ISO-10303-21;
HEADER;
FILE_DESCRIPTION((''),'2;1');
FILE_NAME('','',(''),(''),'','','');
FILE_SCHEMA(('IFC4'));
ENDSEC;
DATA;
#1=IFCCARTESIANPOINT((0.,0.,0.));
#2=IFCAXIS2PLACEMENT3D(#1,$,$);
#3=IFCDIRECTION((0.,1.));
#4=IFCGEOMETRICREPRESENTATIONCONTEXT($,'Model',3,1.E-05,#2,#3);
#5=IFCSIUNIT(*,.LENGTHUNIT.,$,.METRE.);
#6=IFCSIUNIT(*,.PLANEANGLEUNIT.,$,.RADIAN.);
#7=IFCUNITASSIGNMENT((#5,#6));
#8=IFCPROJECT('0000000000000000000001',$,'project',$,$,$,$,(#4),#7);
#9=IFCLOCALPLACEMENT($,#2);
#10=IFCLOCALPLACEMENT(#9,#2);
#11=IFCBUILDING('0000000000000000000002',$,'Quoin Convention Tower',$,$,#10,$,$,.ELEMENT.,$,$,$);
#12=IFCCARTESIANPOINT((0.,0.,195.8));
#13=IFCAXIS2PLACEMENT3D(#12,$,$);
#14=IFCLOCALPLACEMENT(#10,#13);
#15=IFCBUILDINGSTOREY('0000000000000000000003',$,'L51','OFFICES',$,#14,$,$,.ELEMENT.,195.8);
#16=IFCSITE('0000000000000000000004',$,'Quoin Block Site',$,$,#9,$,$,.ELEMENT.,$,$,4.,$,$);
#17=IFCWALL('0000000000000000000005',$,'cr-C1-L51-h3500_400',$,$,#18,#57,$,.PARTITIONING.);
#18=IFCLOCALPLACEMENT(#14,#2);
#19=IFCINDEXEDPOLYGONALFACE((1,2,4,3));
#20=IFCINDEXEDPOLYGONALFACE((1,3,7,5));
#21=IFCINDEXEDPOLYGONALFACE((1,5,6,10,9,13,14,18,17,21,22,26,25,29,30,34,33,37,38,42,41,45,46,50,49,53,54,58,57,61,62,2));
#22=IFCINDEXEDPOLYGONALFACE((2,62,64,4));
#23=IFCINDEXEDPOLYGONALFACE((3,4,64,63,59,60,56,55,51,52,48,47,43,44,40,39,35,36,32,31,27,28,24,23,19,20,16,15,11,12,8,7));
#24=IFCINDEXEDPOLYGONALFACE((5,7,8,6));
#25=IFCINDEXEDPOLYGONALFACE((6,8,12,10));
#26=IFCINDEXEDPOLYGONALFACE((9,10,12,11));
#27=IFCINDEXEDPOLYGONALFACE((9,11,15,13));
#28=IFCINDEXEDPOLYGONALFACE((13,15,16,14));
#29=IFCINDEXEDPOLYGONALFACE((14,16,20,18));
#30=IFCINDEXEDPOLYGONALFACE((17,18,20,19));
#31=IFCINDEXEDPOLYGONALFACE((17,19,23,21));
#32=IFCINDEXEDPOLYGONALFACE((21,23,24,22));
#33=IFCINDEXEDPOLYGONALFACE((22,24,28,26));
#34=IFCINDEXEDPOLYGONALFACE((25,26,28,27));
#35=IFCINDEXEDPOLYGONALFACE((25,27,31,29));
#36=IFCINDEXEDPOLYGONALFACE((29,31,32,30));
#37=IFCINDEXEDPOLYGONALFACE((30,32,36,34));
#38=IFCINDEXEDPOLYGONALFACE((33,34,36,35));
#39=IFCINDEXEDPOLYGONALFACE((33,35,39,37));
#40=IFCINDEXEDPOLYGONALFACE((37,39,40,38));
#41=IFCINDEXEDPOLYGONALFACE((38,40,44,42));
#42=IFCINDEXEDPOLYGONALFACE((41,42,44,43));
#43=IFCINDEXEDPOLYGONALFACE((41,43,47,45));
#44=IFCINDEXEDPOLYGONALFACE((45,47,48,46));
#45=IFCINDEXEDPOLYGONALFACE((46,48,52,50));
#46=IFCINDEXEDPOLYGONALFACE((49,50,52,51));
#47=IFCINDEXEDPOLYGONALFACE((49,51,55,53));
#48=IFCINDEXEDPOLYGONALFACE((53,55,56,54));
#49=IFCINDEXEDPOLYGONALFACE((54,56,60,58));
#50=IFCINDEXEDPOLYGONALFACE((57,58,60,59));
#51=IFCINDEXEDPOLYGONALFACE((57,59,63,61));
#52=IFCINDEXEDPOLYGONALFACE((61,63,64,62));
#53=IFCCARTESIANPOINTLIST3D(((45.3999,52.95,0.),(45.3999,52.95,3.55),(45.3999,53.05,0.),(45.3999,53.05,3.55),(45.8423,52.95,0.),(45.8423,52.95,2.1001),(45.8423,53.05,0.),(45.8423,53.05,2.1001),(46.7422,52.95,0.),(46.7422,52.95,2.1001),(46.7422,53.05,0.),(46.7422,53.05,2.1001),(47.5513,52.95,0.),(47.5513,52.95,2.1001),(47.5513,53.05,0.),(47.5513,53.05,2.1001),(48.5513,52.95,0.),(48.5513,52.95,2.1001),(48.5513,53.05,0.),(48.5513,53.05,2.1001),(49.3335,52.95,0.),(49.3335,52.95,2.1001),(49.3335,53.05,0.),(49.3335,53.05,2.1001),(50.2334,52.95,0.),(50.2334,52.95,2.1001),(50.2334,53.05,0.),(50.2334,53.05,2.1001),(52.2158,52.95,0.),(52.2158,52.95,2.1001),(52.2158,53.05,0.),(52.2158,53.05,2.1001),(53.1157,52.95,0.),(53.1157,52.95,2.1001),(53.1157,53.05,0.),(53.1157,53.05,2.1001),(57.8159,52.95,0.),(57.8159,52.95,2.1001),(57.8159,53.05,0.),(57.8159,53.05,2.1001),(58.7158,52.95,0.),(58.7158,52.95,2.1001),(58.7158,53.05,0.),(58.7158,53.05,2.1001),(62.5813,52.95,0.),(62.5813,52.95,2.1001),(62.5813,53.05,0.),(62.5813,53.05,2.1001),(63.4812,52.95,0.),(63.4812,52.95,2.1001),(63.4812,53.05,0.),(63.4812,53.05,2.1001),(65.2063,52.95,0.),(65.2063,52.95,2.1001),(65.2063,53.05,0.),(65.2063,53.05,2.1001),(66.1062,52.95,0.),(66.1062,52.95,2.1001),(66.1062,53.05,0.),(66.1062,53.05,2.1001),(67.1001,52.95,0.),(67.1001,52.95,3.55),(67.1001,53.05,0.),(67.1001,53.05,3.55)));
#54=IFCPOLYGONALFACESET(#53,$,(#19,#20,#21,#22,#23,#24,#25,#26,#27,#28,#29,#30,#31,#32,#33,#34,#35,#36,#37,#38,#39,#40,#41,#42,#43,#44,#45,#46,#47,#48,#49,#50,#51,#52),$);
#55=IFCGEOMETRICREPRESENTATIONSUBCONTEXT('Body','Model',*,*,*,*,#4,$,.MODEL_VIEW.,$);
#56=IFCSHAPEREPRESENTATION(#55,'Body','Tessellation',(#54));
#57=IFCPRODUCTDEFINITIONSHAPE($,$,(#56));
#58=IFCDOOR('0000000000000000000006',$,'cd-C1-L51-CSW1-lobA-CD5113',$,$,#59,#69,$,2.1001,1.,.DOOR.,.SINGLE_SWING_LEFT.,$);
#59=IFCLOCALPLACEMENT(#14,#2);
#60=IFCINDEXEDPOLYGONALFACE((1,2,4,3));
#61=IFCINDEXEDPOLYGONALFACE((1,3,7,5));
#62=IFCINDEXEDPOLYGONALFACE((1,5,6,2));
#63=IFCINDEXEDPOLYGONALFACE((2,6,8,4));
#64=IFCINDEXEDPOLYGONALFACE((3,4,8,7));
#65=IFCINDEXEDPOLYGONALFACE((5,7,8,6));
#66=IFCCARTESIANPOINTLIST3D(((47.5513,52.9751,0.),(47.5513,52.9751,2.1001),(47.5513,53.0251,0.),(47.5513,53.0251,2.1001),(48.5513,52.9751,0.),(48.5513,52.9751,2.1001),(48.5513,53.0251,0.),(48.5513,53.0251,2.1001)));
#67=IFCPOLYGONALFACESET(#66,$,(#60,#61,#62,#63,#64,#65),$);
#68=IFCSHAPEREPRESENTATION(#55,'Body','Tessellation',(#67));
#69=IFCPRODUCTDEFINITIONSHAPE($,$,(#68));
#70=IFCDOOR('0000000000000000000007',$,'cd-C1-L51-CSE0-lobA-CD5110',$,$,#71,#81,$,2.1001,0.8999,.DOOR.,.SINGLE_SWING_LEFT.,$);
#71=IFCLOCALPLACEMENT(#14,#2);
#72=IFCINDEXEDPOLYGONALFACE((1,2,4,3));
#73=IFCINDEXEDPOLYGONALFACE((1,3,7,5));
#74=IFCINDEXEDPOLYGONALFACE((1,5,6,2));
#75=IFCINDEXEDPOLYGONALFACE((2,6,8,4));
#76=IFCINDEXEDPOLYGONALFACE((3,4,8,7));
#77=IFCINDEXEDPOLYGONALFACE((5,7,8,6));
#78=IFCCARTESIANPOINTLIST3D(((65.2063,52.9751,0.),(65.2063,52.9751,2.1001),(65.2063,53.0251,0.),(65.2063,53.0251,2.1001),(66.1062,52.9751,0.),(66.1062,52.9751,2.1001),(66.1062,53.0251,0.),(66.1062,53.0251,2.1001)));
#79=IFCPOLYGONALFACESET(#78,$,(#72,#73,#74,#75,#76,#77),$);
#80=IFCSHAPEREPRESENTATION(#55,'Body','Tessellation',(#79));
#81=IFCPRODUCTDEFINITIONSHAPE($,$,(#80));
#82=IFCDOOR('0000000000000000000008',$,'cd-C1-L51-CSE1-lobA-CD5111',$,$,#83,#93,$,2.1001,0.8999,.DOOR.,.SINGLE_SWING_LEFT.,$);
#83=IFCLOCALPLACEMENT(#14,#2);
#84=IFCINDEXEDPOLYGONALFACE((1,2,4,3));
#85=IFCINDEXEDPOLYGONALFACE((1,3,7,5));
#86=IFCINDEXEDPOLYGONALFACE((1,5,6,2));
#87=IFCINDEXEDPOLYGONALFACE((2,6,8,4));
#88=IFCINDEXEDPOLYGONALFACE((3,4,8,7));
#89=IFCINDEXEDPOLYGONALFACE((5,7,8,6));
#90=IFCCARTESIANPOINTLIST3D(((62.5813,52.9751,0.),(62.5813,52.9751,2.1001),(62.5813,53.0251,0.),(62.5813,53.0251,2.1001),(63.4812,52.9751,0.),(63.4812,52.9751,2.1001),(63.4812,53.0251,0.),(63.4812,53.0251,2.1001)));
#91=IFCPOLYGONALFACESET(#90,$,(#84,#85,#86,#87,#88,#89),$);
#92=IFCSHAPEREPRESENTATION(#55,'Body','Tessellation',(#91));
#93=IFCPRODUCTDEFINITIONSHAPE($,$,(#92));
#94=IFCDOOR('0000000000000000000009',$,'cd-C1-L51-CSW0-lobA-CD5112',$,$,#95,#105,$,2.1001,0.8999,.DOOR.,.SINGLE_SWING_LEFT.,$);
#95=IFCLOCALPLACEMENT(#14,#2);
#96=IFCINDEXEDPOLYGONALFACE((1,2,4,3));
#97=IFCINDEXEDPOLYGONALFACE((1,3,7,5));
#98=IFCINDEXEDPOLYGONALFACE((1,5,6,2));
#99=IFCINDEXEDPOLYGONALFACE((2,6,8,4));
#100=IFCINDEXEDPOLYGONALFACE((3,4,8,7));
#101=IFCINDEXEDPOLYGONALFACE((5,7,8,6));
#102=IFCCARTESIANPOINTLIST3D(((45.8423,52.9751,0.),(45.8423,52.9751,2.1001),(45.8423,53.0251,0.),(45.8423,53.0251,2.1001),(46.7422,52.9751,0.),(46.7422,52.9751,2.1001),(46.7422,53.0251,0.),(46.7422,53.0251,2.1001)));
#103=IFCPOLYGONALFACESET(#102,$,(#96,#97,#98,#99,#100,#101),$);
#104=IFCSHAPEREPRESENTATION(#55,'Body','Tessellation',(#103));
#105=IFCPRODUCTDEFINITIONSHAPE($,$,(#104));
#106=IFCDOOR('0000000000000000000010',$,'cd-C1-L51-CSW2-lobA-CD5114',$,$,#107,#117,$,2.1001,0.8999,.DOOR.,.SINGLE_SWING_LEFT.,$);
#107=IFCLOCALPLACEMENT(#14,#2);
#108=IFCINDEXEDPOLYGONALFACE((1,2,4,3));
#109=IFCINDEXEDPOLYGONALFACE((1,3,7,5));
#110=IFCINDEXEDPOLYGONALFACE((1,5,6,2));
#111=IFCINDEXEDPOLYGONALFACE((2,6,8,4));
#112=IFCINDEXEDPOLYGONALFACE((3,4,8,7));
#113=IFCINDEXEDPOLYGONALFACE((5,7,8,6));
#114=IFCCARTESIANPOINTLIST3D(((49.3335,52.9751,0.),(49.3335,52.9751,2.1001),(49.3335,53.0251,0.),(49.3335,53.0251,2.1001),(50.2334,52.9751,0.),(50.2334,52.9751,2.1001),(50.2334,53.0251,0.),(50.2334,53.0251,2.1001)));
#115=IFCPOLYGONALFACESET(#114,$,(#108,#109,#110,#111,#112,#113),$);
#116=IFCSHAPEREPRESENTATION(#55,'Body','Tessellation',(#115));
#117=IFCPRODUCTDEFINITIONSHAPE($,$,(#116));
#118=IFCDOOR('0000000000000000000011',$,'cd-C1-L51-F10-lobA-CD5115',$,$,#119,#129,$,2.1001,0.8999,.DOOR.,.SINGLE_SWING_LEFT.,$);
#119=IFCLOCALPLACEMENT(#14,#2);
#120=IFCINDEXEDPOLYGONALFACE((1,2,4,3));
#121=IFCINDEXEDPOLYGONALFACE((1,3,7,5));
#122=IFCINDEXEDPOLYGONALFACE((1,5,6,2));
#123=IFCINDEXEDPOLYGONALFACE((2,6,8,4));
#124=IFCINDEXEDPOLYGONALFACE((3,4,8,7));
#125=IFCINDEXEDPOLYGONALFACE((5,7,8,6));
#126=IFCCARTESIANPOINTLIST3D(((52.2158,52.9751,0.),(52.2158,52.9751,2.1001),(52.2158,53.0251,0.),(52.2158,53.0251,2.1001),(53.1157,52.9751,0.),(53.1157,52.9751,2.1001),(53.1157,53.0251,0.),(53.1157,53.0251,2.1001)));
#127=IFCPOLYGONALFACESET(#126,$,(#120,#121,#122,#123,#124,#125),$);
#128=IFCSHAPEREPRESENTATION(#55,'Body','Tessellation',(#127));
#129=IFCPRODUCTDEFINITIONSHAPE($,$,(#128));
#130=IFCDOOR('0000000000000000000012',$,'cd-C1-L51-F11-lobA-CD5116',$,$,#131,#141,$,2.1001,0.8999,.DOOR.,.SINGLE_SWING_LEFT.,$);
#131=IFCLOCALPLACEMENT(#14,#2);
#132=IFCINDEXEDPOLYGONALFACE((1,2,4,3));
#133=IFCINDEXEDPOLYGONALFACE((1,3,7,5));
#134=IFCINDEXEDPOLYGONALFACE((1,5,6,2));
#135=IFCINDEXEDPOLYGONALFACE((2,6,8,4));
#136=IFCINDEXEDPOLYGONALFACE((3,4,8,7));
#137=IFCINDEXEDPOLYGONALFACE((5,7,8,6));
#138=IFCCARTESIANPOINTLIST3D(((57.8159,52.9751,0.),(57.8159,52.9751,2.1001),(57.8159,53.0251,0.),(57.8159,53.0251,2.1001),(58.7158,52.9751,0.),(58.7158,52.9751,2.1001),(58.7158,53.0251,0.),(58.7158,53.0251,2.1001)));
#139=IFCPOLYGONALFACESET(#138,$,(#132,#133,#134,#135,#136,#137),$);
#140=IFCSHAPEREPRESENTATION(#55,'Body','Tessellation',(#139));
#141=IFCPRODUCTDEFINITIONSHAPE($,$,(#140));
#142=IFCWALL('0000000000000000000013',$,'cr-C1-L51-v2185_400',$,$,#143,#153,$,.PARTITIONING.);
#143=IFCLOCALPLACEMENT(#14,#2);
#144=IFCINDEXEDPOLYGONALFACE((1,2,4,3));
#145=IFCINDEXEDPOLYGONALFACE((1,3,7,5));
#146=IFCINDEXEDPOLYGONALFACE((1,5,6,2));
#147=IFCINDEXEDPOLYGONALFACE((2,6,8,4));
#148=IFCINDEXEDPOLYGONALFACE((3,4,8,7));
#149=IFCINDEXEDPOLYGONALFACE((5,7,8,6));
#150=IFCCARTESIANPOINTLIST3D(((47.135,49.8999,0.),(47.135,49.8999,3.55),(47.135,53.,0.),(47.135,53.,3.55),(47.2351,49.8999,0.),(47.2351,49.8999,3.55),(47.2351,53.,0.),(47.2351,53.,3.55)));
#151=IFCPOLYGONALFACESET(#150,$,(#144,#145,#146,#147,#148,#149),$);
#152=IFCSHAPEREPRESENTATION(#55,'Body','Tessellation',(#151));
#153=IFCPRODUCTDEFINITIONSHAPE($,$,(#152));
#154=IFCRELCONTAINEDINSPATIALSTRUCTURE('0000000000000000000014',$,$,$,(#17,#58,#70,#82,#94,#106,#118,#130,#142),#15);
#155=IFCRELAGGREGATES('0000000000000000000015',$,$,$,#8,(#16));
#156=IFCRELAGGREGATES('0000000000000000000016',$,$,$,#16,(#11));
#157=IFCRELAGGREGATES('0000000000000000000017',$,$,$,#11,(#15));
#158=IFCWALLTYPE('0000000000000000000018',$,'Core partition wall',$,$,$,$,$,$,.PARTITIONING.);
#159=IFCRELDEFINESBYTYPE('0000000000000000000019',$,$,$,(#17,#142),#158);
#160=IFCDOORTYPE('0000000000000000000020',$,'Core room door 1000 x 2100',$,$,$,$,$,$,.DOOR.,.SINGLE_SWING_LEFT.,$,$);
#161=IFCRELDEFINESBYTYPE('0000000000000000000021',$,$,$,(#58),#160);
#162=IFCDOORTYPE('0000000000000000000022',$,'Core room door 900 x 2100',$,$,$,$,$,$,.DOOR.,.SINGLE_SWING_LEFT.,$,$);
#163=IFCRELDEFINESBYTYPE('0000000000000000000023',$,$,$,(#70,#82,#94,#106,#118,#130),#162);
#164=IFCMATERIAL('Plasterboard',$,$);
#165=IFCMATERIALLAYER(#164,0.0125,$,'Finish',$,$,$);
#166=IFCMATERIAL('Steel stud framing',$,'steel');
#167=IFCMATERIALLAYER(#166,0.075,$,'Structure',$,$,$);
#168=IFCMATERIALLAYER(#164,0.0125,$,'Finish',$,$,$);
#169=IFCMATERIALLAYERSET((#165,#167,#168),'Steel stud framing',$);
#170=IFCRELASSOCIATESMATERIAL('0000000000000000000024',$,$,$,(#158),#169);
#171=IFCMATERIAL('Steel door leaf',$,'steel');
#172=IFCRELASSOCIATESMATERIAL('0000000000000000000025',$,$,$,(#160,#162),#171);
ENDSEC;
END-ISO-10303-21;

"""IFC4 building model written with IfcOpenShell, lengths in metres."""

from ifc_helpers import new_model, si_unit, direction, frame, frame_2d, origin, place, context, subcontext, project, spatial, rectangle, extrude, material, layer, layer_set, type_object, element, fill, save


model = new_model("IFC4")

# Units and contexts
model_context = context("Model", 3, precision=1e-05, world=origin(), true_north=direction((0.0, 1.0)))
body_context = subcontext(model_context, "Body", "Model", "MODEL_VIEW")
ifc_project = project(units=[si_unit("LENGTHUNIT", "METRE"), si_unit("PLANEANGLEUNIT", "RADIAN")], contexts=[model_context])

# Site, building, storey
site_placement = place(None, origin())
site = spatial("IfcSite", under=ifc_project, at=site_placement, Name="Quoin Block Site", CompositionType="ELEMENT", RefElevation=4.0)
building_placement = place(site_placement, origin())
building = spatial("IfcBuilding", under=site, at=building_placement, Name="Quoin Convention Tower", CompositionType="ELEMENT")
storey_placement = place(building_placement, frame((0.0, 0.0, 195.8)))
storey = spatial("IfcBuildingStorey", under=building, at=storey_placement, Name="L51", Description="OFFICES", CompositionType="ELEMENT", Elevation=195.8)

# Wall, openings, doors
ifc_material_1 = material(Name="Plasterboard")
ifc_layer_1 = layer(ifc_material_1, 0.0125, Name="Finish")
ifc_material_2 = material(Name="Steel stud framing", Category="steel")
ifc_layer_2 = layer(ifc_material_2, 0.075, Name="Structure")
ifc_layer_3 = layer(ifc_material_1, 0.0125, Name="Finish")
ifc_layer_set_1 = layer_set([ifc_layer_1, ifc_layer_2, ifc_layer_3], Name="Steel stud framing")
wall_type_1 = type_object("IfcWallType", Name="Core partition wall", PredefinedType="PARTITIONING", material=ifc_layer_set_1)
wall_1_placement = place(storey_placement, frame((45.3999, 53.0, 0.0), z_axis=(0.0, 0.0, 1.0), x_axis=(1.0, 0.0, 0.0)))
wall_1 = element("IfcWall", 1, at=wall_1_placement, inside=storey, type_object=wall_type_1, Name="cr-C1-L51-h3500_400", PredefinedType="PARTITIONING", context=body_context, shape_type="SweptSolid", body=[
    extrude(rectangle(XDim=21.7002, YDim=0.1001, at=frame_2d((10.8501, 0.0))), origin(), (0.0, 0.0, 1.0), 3.55),
])
opening_1_placement = place(wall_1_placement, frame((19.8064, 0.0, 0.0)))
opening_1 = element("IfcOpeningElement", 2, at=opening_1_placement, cuts=wall_1, PredefinedType="OPENING", context=body_context, shape_type="SweptSolid", body=[
    extrude(rectangle(XDim=0.8999, YDim=2.1001, at=frame_2d((0.45, 1.05))), frame((0.0, 0.0601, 0.0), z_axis=(0.0, -1.0, 0.0), x_axis=(1.0, 0.0, 0.0)), (0.0, 0.0, 1.0), 0.1201),
])
opening_2_placement = place(wall_1_placement, frame((17.1814, 0.0, 0.0)))
opening_2 = element("IfcOpeningElement", 3, at=opening_2_placement, cuts=wall_1, PredefinedType="OPENING", context=body_context, shape_type="SweptSolid", body=[
    extrude(rectangle(XDim=0.8999, YDim=2.1001, at=frame_2d((0.45, 1.05))), frame((0.0, 0.0601, 0.0), z_axis=(0.0, -1.0, 0.0), x_axis=(1.0, 0.0, 0.0)), (0.0, 0.0, 1.0), 0.1201),
])
opening_3_placement = place(wall_1_placement, frame((0.4424, 0.0, 0.0)))
opening_3 = element("IfcOpeningElement", 4, at=opening_3_placement, cuts=wall_1, PredefinedType="OPENING", context=body_context, shape_type="SweptSolid", body=[
    extrude(rectangle(XDim=0.8999, YDim=2.1001, at=frame_2d((0.45, 1.05))), frame((0.0, 0.0601, 0.0), z_axis=(0.0, -1.0, 0.0), x_axis=(1.0, 0.0, 0.0)), (0.0, 0.0, 1.0), 0.1201),
])
opening_4_placement = place(wall_1_placement, frame((2.1514, 0.0, 0.0)))
opening_4 = element("IfcOpeningElement", 5, at=opening_4_placement, cuts=wall_1, PredefinedType="OPENING", context=body_context, shape_type="SweptSolid", body=[
    extrude(rectangle(XDim=1.0, YDim=2.1001, at=frame_2d((0.5, 1.05))), frame((0.0, 0.0601, 0.0), z_axis=(0.0, -1.0, 0.0), x_axis=(1.0, 0.0, 0.0)), (0.0, 0.0, 1.0), 0.1201),
])
opening_5_placement = place(wall_1_placement, frame((3.9336, 0.0, 0.0)))
opening_5 = element("IfcOpeningElement", 6, at=opening_5_placement, cuts=wall_1, PredefinedType="OPENING", context=body_context, shape_type="SweptSolid", body=[
    extrude(rectangle(XDim=0.8999, YDim=2.1001, at=frame_2d((0.45, 1.05))), frame((0.0, 0.0601, 0.0), z_axis=(0.0, -1.0, 0.0), x_axis=(1.0, 0.0, 0.0)), (0.0, 0.0, 1.0), 0.1201),
])
opening_6_placement = place(wall_1_placement, frame((6.8159, 0.0, 0.0)))
opening_6 = element("IfcOpeningElement", 7, at=opening_6_placement, cuts=wall_1, PredefinedType="OPENING", context=body_context, shape_type="SweptSolid", body=[
    extrude(rectangle(XDim=0.8999, YDim=2.1001, at=frame_2d((0.45, 1.05))), frame((0.0, 0.0601, 0.0), z_axis=(0.0, -1.0, 0.0), x_axis=(1.0, 0.0, 0.0)), (0.0, 0.0, 1.0), 0.1201),
])
opening_7_placement = place(wall_1_placement, frame((12.416, 0.0, 0.0)))
opening_7 = element("IfcOpeningElement", 8, at=opening_7_placement, cuts=wall_1, PredefinedType="OPENING", context=body_context, shape_type="SweptSolid", body=[
    extrude(rectangle(XDim=0.8999, YDim=2.1001, at=frame_2d((0.45, 1.05))), frame((0.0, 0.0601, 0.0), z_axis=(0.0, -1.0, 0.0), x_axis=(1.0, 0.0, 0.0)), (0.0, 0.0, 1.0), 0.1201),
])
ifc_material_3 = material(Name="Steel door leaf", Category="steel")
door_type_1 = type_object("IfcDoorType", Name="Core room door 1000 x 2100", OperationType="SINGLE_SWING_LEFT", PredefinedType="DOOR", material=ifc_material_3)
door_1_placement = place(opening_4_placement, frame((1.0, 0.0, 0.0), z_axis=(0.0, 0.0, 1.0), x_axis=(-1.0, 0.0, 0.0)))
door_1 = element("IfcDoor", 9, at=door_1_placement, inside=storey, type_object=door_type_1, Name="cd-C1-L51-CSW1-lobA-CD5113", OperationType="SINGLE_SWING_LEFT", OverallHeight=2.1001, OverallWidth=1.0, PredefinedType="DOOR", context=body_context, shape_type="SweptSolid", body=[
    extrude(rectangle(XDim=1.0, YDim=2.1001, at=frame_2d((0.5, 1.05))), frame((0.0, 0.0249, 0.0), z_axis=(0.0, -1.0, 0.0), x_axis=(1.0, 0.0, 0.0)), (0.0, 0.0, 1.0), 0.05),
])
fill(opening_4, door_1)
door_type_2 = type_object("IfcDoorType", Name="Core room door 900 x 2100", OperationType="SINGLE_SWING_LEFT", PredefinedType="DOOR", material=ifc_material_3)
door_2_placement = place(opening_1_placement, frame((0.8999, 0.0, 0.0), z_axis=(0.0, 0.0, 1.0), x_axis=(-1.0, 0.0, 0.0)))
door_2 = element("IfcDoor", 10, at=door_2_placement, inside=storey, type_object=door_type_2, Name="cd-C1-L51-CSE0-lobA-CD5110", OperationType="SINGLE_SWING_LEFT", OverallHeight=2.1001, OverallWidth=0.8999, PredefinedType="DOOR", context=body_context, shape_type="SweptSolid", body=[
    extrude(rectangle(XDim=0.8999, YDim=2.1001, at=frame_2d((0.45, 1.05))), frame((0.0, 0.0249, 0.0), z_axis=(0.0, -1.0, 0.0), x_axis=(1.0, 0.0, 0.0)), (0.0, 0.0, 1.0), 0.05),
])
fill(opening_1, door_2)
door_3_placement = place(opening_2_placement, frame((0.8999, 0.0, 0.0), z_axis=(0.0, 0.0, 1.0), x_axis=(-1.0, 0.0, 0.0)))
door_3 = element("IfcDoor", 11, at=door_3_placement, inside=storey, type_object=door_type_2, Name="cd-C1-L51-CSE1-lobA-CD5111", OperationType="SINGLE_SWING_LEFT", OverallHeight=2.1001, OverallWidth=0.8999, PredefinedType="DOOR", context=body_context, shape_type="SweptSolid", body=[
    extrude(rectangle(XDim=0.8999, YDim=2.1001, at=frame_2d((0.45, 1.05))), frame((0.0, 0.0249, 0.0), z_axis=(0.0, -1.0, 0.0), x_axis=(1.0, 0.0, 0.0)), (0.0, 0.0, 1.0), 0.05),
])
fill(opening_2, door_3)
door_4_placement = place(opening_3_placement, frame((0.8999, 0.0, 0.0), z_axis=(0.0, 0.0, 1.0), x_axis=(-1.0, 0.0, 0.0)))
door_4 = element("IfcDoor", 12, at=door_4_placement, inside=storey, type_object=door_type_2, Name="cd-C1-L51-CSW0-lobA-CD5112", OperationType="SINGLE_SWING_LEFT", OverallHeight=2.1001, OverallWidth=0.8999, PredefinedType="DOOR", context=body_context, shape_type="SweptSolid", body=[
    extrude(rectangle(XDim=0.8999, YDim=2.1001, at=frame_2d((0.45, 1.05))), frame((0.0, 0.0249, 0.0), z_axis=(0.0, -1.0, 0.0), x_axis=(1.0, 0.0, 0.0)), (0.0, 0.0, 1.0), 0.05),
])
fill(opening_3, door_4)
door_5_placement = place(opening_5_placement, frame((0.8999, 0.0, 0.0), z_axis=(0.0, 0.0, 1.0), x_axis=(-1.0, 0.0, 0.0)))
door_5 = element("IfcDoor", 13, at=door_5_placement, inside=storey, type_object=door_type_2, Name="cd-C1-L51-CSW2-lobA-CD5114", OperationType="SINGLE_SWING_LEFT", OverallHeight=2.1001, OverallWidth=0.8999, PredefinedType="DOOR", context=body_context, shape_type="SweptSolid", body=[
    extrude(rectangle(XDim=0.8999, YDim=2.1001, at=frame_2d((0.45, 1.05))), frame((0.0, 0.0249, 0.0), z_axis=(0.0, -1.0, 0.0), x_axis=(1.0, 0.0, 0.0)), (0.0, 0.0, 1.0), 0.05),
])
fill(opening_5, door_5)
door_6_placement = place(opening_6_placement, frame((0.8999, 0.0, 0.0), z_axis=(0.0, 0.0, 1.0), x_axis=(-1.0, 0.0, 0.0)))
door_6 = element("IfcDoor", 14, at=door_6_placement, inside=storey, type_object=door_type_2, Name="cd-C1-L51-F10-lobA-CD5115", OperationType="SINGLE_SWING_LEFT", OverallHeight=2.1001, OverallWidth=0.8999, PredefinedType="DOOR", context=body_context, shape_type="SweptSolid", body=[
    extrude(rectangle(XDim=0.8999, YDim=2.1001, at=frame_2d((0.45, 1.05))), frame((0.0, 0.0249, 0.0), z_axis=(0.0, -1.0, 0.0), x_axis=(1.0, 0.0, 0.0)), (0.0, 0.0, 1.0), 0.05),
])
fill(opening_6, door_6)
door_7_placement = place(opening_7_placement, frame((0.8999, 0.0, 0.0), z_axis=(0.0, 0.0, 1.0), x_axis=(-1.0, 0.0, 0.0)))
door_7 = element("IfcDoor", 15, at=door_7_placement, inside=storey, type_object=door_type_2, Name="cd-C1-L51-F11-lobA-CD5116", OperationType="SINGLE_SWING_LEFT", OverallHeight=2.1001, OverallWidth=0.8999, PredefinedType="DOOR", context=body_context, shape_type="SweptSolid", body=[
    extrude(rectangle(XDim=0.8999, YDim=2.1001, at=frame_2d((0.45, 1.05))), frame((0.0, 0.0249, 0.0), z_axis=(0.0, -1.0, 0.0), x_axis=(1.0, 0.0, 0.0)), (0.0, 0.0, 1.0), 0.05),
])
fill(opening_7, door_7)

# Wall
for number, where, z_axis, x_axis, name in (
    (16, (47.1851, 49.8999, 0.0), (0.0, 0.0, 1.0), (0.0, 1.0, 0.0), "cr-C1-L51-v2185_400"),
):
    element("IfcWall", number, at=place(storey_placement, frame(where, z_axis=z_axis, x_axis=x_axis)), inside=storey, type_object=wall_type_1, Name=name, PredefinedType="PARTITIONING", context=body_context, shape_type="SweptSolid", body=[
        extrude(rectangle(XDim=3.1001, YDim=0.1001, at=frame_2d((1.55, 0.0))), origin(), (0.0, 0.0, 1.0), 3.55),
    ])

save(model, "model.ifc")
